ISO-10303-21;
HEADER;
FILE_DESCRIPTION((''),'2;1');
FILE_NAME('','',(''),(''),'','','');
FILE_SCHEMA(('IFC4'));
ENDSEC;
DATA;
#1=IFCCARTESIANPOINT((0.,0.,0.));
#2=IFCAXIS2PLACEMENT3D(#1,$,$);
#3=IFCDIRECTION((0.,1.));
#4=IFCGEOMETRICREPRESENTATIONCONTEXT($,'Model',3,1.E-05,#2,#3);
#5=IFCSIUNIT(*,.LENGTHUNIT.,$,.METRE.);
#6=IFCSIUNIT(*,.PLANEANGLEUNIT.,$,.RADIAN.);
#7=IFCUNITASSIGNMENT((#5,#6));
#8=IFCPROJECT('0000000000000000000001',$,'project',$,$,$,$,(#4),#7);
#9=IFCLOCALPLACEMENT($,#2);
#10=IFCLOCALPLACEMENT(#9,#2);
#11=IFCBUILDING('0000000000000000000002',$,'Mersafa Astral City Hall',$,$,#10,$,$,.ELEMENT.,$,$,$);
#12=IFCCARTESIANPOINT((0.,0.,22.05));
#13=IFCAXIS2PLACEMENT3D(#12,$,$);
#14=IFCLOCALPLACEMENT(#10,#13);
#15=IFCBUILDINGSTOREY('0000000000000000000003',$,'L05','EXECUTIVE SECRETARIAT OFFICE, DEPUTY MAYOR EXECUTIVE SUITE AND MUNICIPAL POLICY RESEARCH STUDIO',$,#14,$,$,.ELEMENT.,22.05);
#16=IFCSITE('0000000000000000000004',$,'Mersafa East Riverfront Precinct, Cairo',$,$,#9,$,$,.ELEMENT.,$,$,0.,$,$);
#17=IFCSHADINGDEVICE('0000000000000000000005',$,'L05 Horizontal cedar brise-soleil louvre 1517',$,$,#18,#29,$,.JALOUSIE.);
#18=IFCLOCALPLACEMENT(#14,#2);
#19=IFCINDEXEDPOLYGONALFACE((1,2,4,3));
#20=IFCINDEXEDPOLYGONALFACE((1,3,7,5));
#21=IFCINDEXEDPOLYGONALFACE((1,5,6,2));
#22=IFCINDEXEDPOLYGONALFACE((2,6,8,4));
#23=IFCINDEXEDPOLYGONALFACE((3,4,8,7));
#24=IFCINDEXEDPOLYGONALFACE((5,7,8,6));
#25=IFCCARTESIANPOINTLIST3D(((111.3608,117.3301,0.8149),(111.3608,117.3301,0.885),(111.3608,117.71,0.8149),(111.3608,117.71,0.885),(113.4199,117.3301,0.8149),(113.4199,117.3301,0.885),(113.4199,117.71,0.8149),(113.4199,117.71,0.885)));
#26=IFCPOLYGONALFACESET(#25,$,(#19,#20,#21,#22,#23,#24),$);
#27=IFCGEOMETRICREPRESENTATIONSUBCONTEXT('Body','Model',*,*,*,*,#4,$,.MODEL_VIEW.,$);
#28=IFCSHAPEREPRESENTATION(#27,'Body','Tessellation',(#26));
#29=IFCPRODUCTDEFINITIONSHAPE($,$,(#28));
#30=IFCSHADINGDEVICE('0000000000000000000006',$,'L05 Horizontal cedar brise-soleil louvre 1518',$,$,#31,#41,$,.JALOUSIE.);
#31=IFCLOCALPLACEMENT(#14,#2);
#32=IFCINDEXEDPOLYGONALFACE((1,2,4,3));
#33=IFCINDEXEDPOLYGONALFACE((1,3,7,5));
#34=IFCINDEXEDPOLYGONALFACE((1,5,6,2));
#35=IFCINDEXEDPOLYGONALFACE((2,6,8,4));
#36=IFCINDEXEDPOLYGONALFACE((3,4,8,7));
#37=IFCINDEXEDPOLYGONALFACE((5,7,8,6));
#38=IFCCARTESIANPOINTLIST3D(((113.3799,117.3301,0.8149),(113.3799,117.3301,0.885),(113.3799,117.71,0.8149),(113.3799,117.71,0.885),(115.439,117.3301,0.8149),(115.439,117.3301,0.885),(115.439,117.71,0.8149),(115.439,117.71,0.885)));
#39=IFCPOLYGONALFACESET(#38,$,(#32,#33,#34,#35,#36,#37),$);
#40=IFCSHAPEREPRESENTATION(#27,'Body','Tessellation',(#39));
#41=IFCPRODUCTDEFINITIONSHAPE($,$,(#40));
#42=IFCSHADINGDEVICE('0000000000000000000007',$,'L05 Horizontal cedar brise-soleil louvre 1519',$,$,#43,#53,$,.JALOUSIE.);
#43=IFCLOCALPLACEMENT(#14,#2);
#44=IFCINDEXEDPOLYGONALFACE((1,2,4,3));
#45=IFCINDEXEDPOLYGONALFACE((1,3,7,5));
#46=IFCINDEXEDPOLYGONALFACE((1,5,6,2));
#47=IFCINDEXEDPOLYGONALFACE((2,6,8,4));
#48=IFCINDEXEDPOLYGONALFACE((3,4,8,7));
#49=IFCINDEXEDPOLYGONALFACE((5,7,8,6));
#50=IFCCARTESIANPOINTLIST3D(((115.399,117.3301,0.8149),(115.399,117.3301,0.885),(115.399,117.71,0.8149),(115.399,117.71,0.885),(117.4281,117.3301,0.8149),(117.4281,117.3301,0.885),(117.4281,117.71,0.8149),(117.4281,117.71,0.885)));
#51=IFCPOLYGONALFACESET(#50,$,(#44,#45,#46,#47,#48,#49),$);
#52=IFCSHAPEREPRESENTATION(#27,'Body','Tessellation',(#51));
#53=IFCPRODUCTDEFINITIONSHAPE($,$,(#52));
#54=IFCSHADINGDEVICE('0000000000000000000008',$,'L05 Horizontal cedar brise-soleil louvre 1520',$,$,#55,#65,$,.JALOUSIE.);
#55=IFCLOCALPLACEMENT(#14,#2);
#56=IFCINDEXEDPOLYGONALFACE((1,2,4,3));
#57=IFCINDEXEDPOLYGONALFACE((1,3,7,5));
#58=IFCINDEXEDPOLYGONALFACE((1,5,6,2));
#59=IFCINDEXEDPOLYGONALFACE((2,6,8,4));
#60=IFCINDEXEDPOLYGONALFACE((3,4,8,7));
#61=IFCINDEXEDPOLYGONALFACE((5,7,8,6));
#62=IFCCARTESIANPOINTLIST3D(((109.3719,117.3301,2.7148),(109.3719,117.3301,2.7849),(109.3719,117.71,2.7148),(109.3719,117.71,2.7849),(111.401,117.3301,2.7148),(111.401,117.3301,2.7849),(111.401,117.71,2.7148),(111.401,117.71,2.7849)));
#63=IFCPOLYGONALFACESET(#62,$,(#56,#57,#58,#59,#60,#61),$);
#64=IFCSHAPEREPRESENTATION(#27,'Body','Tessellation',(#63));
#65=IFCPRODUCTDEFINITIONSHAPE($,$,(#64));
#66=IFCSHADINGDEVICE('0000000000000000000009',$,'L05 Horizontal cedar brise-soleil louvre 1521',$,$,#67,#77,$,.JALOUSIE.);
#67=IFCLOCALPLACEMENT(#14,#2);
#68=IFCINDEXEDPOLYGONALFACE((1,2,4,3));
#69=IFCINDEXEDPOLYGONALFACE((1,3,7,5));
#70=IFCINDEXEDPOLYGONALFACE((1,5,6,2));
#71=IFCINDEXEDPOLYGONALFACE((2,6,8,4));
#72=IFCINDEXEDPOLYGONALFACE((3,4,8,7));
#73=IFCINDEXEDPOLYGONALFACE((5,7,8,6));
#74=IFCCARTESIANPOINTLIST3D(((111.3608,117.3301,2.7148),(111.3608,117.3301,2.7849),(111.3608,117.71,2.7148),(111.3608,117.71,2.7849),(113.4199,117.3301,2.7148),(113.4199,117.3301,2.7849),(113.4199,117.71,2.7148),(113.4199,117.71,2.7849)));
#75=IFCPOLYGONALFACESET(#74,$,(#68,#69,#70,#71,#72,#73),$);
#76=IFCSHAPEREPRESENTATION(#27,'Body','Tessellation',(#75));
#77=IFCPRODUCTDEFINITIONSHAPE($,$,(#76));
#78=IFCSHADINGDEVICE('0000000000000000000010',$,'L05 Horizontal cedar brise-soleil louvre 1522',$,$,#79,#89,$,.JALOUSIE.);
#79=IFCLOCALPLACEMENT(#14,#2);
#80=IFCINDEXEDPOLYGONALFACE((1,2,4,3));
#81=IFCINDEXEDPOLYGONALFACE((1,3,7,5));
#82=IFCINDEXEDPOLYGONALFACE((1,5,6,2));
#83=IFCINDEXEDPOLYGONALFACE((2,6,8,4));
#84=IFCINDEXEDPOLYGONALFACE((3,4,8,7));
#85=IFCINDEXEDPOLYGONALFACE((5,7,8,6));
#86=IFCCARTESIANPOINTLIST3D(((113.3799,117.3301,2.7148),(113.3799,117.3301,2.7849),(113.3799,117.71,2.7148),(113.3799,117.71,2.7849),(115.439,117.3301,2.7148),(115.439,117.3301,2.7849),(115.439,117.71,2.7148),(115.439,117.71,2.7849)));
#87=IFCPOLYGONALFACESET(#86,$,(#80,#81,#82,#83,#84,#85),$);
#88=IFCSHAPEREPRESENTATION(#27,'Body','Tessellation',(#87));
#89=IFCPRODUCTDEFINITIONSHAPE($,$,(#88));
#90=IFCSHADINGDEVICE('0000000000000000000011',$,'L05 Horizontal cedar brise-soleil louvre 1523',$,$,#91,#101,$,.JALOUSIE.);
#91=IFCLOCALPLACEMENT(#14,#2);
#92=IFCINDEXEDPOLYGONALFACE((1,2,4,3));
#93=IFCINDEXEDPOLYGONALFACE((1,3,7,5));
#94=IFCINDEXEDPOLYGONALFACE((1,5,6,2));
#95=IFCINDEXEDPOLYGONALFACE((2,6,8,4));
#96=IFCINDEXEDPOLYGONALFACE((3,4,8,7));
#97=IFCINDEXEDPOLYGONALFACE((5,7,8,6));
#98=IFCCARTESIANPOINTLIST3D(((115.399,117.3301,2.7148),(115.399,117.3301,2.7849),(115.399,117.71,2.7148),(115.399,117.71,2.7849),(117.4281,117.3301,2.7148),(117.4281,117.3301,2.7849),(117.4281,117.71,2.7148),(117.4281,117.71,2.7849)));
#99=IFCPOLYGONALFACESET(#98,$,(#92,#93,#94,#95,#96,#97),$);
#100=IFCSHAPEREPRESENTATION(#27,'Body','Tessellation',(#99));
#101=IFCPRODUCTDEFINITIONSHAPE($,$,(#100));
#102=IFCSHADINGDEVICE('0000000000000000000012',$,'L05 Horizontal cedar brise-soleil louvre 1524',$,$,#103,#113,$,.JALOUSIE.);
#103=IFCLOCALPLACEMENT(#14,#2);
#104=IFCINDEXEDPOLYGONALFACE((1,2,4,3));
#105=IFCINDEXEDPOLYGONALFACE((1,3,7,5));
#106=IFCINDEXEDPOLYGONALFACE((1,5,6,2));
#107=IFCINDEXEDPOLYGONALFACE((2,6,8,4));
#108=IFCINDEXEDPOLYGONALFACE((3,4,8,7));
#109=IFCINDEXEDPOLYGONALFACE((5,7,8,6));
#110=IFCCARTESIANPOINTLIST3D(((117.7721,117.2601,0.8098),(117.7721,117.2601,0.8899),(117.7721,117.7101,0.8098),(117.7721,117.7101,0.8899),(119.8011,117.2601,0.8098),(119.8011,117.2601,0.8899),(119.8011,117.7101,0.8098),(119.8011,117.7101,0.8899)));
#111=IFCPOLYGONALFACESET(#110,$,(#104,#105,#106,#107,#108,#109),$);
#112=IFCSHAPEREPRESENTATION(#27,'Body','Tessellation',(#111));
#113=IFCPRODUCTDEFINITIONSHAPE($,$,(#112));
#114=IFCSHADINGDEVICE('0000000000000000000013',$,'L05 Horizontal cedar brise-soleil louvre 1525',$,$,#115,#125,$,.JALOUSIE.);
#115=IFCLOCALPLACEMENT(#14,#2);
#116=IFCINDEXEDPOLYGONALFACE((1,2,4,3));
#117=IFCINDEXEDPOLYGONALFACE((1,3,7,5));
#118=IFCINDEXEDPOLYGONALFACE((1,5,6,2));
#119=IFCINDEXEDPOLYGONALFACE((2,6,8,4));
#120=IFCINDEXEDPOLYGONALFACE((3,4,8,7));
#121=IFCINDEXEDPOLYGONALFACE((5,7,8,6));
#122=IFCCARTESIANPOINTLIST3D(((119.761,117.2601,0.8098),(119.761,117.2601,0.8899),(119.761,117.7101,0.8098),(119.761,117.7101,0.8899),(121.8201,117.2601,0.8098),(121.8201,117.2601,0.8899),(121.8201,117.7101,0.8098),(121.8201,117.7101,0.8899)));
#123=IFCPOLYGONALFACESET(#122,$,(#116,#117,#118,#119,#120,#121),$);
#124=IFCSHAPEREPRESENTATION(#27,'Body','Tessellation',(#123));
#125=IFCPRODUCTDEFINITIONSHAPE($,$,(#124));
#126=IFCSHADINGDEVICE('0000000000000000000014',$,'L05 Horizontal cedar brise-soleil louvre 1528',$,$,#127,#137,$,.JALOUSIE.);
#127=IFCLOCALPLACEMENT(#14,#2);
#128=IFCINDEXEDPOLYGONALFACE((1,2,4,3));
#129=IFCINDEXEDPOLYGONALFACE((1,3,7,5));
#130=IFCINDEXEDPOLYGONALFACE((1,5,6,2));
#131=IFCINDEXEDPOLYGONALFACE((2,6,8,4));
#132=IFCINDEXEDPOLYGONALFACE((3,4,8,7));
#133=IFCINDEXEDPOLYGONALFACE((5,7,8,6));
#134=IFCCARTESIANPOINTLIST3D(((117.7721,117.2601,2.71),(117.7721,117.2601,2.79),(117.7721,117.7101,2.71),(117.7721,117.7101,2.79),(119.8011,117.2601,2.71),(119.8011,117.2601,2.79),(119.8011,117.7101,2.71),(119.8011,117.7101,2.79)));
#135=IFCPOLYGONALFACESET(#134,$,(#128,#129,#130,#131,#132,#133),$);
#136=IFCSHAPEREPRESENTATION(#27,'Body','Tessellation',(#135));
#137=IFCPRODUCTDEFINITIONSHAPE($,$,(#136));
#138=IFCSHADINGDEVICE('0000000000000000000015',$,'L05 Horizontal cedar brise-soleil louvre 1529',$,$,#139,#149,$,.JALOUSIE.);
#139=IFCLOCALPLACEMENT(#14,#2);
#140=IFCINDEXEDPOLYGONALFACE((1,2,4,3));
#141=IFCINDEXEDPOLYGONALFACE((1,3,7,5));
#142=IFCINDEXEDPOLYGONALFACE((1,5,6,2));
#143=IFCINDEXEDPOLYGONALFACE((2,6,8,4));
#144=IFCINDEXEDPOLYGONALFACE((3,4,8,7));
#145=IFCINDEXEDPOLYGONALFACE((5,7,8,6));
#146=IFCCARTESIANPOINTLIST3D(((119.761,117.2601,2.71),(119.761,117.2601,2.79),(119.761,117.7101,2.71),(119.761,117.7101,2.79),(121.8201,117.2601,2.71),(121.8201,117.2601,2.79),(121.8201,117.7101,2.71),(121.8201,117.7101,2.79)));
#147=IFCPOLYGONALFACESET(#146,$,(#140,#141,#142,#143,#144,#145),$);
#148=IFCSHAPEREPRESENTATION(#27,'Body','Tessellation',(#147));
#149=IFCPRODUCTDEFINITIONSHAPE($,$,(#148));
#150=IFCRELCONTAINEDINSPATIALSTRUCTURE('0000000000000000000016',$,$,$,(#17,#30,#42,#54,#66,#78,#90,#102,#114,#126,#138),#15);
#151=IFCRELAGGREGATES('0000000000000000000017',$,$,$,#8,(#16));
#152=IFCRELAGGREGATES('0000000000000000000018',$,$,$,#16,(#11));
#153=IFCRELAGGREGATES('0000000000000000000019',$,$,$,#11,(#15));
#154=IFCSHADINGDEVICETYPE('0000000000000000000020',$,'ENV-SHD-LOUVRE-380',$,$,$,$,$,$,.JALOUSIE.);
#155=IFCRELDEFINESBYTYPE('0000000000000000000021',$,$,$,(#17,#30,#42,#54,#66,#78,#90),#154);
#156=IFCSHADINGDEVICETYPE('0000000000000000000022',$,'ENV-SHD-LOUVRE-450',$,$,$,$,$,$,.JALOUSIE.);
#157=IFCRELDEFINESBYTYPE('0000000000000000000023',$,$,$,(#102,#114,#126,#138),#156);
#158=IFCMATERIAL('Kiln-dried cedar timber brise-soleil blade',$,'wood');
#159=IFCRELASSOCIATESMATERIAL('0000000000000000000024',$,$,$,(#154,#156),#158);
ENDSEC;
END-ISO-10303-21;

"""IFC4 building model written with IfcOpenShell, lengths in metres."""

from ifc_helpers import new_model, si_unit, direction, frame, origin, origin_2d, place, context, subcontext, project, spatial, rectangle, extrude, material, type_object, element, save


model = new_model("IFC4")

# Units and contexts
model_context = context("Model", 3, precision=1e-05, world=origin(), true_north=direction((0.0, 1.0)))
body_context = subcontext(model_context, "Body", "Model", "MODEL_VIEW")
ifc_project = project(units=[si_unit("LENGTHUNIT", "METRE"), si_unit("PLANEANGLEUNIT", "RADIAN")], contexts=[model_context])

# Site, building, storey
site_placement = place(None, origin())
site = spatial("IfcSite", under=ifc_project, at=site_placement, Name="Mersafa East Riverfront Precinct, Cairo", CompositionType="ELEMENT", RefElevation=0.0)
building_placement = place(site_placement, origin())
building = spatial("IfcBuilding", under=site, at=building_placement, Name="Mersafa Astral City Hall", CompositionType="ELEMENT")
storey_placement = place(building_placement, frame((0.0, 0.0, 22.05)))
storey = spatial("IfcBuildingStorey", under=building, at=storey_placement, Name="L05", Description="EXECUTIVE SECRETARIAT OFFICE, DEPUTY MAYOR EXECUTIVE SUITE AND MUNICIPAL POLICY RESEARCH STUDIO", CompositionType="ELEMENT", Elevation=22.05)

# Shading devices
ifc_material_1 = material(Name="Kiln-dried cedar timber brise-soleil blade", Category="wood")
shading_device_type_1 = type_object("IfcShadingDeviceType", Name="ENV-SHD-LOUVRE-380", PredefinedType="JALOUSIE", material=ifc_material_1)
for number, where, z_axis, x_axis, name in (
    (1, (112.3904, 117.52, 0.8149), (0.0, 0.0, 1.0), (1.0, 0.0, 0.0), "L05 Horizontal cedar brise-soleil louvre 1517"),
    (2, (114.4094, 117.52, 0.8149), (0.0, 0.0, 1.0), (1.0, 0.0, 0.0), "L05 Horizontal cedar brise-soleil louvre 1518"),
):
    element("IfcShadingDevice", number, at=place(storey_placement, frame(where, z_axis=z_axis, x_axis=x_axis)), inside=storey, type_object=shading_device_type_1, Name=name, PredefinedType="JALOUSIE", context=body_context, shape_type="SweptSolid", body=[
        extrude(rectangle(XDim=2.0591, YDim=0.3799, at=origin_2d()), origin(), (0.0, 0.0, 1.0), 0.0701),
    ])
for number, where, z_axis, x_axis, name in (
    (3, (116.4136, 117.52, 0.8149), (0.0, 0.0, 1.0), (1.0, 0.0, 0.0), "L05 Horizontal cedar brise-soleil louvre 1519"),
    (4, (110.3865, 117.52, 2.7148), (0.0, 0.0, 1.0), (1.0, 0.0, 0.0), "L05 Horizontal cedar brise-soleil louvre 1520"),
):
    element("IfcShadingDevice", number, at=place(storey_placement, frame(where, z_axis=z_axis, x_axis=x_axis)), inside=storey, type_object=shading_device_type_1, Name=name, PredefinedType="JALOUSIE", context=body_context, shape_type="SweptSolid", body=[
        extrude(rectangle(XDim=2.0291, YDim=0.3799, at=origin_2d()), origin(), (0.0, 0.0, 1.0), 0.0701),
    ])
for number, where, z_axis, x_axis, name in (
    (5, (112.3904, 117.52, 2.7148), (0.0, 0.0, 1.0), (1.0, 0.0, 0.0), "L05 Horizontal cedar brise-soleil louvre 1521"),
    (6, (114.4094, 117.52, 2.7148), (0.0, 0.0, 1.0), (1.0, 0.0, 0.0), "L05 Horizontal cedar brise-soleil louvre 1522"),
):
    element("IfcShadingDevice", number, at=place(storey_placement, frame(where, z_axis=z_axis, x_axis=x_axis)), inside=storey, type_object=shading_device_type_1, Name=name, PredefinedType="JALOUSIE", context=body_context, shape_type="SweptSolid", body=[
        extrude(rectangle(XDim=2.0591, YDim=0.3799, at=origin_2d()), origin(), (0.0, 0.0, 1.0), 0.0701),
    ])
shading_device_1_placement = place(storey_placement, frame((116.4136, 117.52, 2.7148), z_axis=(0.0, 0.0, 1.0), x_axis=(1.0, 0.0, 0.0)))
element("IfcShadingDevice", 7, at=shading_device_1_placement, inside=storey, type_object=shading_device_type_1, Name="L05 Horizontal cedar brise-soleil louvre 1523", PredefinedType="JALOUSIE", context=body_context, shape_type="SweptSolid", body=[
    extrude(rectangle(XDim=2.0291, YDim=0.3799, at=origin_2d()), origin(), (0.0, 0.0, 1.0), 0.0701),
])
shading_device_type_2 = type_object("IfcShadingDeviceType", Name="ENV-SHD-LOUVRE-450", PredefinedType="JALOUSIE", material=ifc_material_1)
shading_device_2_placement = place(storey_placement, frame((118.7866, 117.4851, 0.8098), z_axis=(0.0, 0.0, 1.0), x_axis=(1.0, 0.0, 0.0)))
element("IfcShadingDevice", 8, at=shading_device_2_placement, inside=storey, type_object=shading_device_type_2, Name="L05 Horizontal cedar brise-soleil louvre 1524", PredefinedType="JALOUSIE", context=body_context, shape_type="SweptSolid", body=[
    extrude(rectangle(XDim=2.0291, YDim=0.45, at=origin_2d()), origin(), (0.0, 0.0, 1.0), 0.0801),
])
shading_device_3_placement = place(storey_placement, frame((120.7905, 117.4851, 0.8098), z_axis=(0.0, 0.0, 1.0), x_axis=(1.0, 0.0, 0.0)))
element("IfcShadingDevice", 9, at=shading_device_3_placement, inside=storey, type_object=shading_device_type_2, Name="L05 Horizontal cedar brise-soleil louvre 1525", PredefinedType="JALOUSIE", context=body_context, shape_type="SweptSolid", body=[
    extrude(rectangle(XDim=2.0591, YDim=0.45, at=origin_2d()), origin(), (0.0, 0.0, 1.0), 0.0801),
])
shading_device_4_placement = place(storey_placement, frame((118.7866, 117.4851, 2.71), z_axis=(0.0, 0.0, 1.0), x_axis=(1.0, 0.0, 0.0)))
element("IfcShadingDevice", 10, at=shading_device_4_placement, inside=storey, type_object=shading_device_type_2, Name="L05 Horizontal cedar brise-soleil louvre 1528", PredefinedType="JALOUSIE", context=body_context, shape_type="SweptSolid", body=[
    extrude(rectangle(XDim=2.0291, YDim=0.45, at=origin_2d()), origin(), (0.0, 0.0, 1.0), 0.0801),
])
shading_device_5_placement = place(storey_placement, frame((120.7905, 117.4851, 2.71), z_axis=(0.0, 0.0, 1.0), x_axis=(1.0, 0.0, 0.0)))
element("IfcShadingDevice", 11, at=shading_device_5_placement, inside=storey, type_object=shading_device_type_2, Name="L05 Horizontal cedar brise-soleil louvre 1529", PredefinedType="JALOUSIE", context=body_context, shape_type="SweptSolid", body=[
    extrude(rectangle(XDim=2.0591, YDim=0.45, at=origin_2d()), origin(), (0.0, 0.0, 1.0), 0.0801),
])

save(model, "model.ifc")
